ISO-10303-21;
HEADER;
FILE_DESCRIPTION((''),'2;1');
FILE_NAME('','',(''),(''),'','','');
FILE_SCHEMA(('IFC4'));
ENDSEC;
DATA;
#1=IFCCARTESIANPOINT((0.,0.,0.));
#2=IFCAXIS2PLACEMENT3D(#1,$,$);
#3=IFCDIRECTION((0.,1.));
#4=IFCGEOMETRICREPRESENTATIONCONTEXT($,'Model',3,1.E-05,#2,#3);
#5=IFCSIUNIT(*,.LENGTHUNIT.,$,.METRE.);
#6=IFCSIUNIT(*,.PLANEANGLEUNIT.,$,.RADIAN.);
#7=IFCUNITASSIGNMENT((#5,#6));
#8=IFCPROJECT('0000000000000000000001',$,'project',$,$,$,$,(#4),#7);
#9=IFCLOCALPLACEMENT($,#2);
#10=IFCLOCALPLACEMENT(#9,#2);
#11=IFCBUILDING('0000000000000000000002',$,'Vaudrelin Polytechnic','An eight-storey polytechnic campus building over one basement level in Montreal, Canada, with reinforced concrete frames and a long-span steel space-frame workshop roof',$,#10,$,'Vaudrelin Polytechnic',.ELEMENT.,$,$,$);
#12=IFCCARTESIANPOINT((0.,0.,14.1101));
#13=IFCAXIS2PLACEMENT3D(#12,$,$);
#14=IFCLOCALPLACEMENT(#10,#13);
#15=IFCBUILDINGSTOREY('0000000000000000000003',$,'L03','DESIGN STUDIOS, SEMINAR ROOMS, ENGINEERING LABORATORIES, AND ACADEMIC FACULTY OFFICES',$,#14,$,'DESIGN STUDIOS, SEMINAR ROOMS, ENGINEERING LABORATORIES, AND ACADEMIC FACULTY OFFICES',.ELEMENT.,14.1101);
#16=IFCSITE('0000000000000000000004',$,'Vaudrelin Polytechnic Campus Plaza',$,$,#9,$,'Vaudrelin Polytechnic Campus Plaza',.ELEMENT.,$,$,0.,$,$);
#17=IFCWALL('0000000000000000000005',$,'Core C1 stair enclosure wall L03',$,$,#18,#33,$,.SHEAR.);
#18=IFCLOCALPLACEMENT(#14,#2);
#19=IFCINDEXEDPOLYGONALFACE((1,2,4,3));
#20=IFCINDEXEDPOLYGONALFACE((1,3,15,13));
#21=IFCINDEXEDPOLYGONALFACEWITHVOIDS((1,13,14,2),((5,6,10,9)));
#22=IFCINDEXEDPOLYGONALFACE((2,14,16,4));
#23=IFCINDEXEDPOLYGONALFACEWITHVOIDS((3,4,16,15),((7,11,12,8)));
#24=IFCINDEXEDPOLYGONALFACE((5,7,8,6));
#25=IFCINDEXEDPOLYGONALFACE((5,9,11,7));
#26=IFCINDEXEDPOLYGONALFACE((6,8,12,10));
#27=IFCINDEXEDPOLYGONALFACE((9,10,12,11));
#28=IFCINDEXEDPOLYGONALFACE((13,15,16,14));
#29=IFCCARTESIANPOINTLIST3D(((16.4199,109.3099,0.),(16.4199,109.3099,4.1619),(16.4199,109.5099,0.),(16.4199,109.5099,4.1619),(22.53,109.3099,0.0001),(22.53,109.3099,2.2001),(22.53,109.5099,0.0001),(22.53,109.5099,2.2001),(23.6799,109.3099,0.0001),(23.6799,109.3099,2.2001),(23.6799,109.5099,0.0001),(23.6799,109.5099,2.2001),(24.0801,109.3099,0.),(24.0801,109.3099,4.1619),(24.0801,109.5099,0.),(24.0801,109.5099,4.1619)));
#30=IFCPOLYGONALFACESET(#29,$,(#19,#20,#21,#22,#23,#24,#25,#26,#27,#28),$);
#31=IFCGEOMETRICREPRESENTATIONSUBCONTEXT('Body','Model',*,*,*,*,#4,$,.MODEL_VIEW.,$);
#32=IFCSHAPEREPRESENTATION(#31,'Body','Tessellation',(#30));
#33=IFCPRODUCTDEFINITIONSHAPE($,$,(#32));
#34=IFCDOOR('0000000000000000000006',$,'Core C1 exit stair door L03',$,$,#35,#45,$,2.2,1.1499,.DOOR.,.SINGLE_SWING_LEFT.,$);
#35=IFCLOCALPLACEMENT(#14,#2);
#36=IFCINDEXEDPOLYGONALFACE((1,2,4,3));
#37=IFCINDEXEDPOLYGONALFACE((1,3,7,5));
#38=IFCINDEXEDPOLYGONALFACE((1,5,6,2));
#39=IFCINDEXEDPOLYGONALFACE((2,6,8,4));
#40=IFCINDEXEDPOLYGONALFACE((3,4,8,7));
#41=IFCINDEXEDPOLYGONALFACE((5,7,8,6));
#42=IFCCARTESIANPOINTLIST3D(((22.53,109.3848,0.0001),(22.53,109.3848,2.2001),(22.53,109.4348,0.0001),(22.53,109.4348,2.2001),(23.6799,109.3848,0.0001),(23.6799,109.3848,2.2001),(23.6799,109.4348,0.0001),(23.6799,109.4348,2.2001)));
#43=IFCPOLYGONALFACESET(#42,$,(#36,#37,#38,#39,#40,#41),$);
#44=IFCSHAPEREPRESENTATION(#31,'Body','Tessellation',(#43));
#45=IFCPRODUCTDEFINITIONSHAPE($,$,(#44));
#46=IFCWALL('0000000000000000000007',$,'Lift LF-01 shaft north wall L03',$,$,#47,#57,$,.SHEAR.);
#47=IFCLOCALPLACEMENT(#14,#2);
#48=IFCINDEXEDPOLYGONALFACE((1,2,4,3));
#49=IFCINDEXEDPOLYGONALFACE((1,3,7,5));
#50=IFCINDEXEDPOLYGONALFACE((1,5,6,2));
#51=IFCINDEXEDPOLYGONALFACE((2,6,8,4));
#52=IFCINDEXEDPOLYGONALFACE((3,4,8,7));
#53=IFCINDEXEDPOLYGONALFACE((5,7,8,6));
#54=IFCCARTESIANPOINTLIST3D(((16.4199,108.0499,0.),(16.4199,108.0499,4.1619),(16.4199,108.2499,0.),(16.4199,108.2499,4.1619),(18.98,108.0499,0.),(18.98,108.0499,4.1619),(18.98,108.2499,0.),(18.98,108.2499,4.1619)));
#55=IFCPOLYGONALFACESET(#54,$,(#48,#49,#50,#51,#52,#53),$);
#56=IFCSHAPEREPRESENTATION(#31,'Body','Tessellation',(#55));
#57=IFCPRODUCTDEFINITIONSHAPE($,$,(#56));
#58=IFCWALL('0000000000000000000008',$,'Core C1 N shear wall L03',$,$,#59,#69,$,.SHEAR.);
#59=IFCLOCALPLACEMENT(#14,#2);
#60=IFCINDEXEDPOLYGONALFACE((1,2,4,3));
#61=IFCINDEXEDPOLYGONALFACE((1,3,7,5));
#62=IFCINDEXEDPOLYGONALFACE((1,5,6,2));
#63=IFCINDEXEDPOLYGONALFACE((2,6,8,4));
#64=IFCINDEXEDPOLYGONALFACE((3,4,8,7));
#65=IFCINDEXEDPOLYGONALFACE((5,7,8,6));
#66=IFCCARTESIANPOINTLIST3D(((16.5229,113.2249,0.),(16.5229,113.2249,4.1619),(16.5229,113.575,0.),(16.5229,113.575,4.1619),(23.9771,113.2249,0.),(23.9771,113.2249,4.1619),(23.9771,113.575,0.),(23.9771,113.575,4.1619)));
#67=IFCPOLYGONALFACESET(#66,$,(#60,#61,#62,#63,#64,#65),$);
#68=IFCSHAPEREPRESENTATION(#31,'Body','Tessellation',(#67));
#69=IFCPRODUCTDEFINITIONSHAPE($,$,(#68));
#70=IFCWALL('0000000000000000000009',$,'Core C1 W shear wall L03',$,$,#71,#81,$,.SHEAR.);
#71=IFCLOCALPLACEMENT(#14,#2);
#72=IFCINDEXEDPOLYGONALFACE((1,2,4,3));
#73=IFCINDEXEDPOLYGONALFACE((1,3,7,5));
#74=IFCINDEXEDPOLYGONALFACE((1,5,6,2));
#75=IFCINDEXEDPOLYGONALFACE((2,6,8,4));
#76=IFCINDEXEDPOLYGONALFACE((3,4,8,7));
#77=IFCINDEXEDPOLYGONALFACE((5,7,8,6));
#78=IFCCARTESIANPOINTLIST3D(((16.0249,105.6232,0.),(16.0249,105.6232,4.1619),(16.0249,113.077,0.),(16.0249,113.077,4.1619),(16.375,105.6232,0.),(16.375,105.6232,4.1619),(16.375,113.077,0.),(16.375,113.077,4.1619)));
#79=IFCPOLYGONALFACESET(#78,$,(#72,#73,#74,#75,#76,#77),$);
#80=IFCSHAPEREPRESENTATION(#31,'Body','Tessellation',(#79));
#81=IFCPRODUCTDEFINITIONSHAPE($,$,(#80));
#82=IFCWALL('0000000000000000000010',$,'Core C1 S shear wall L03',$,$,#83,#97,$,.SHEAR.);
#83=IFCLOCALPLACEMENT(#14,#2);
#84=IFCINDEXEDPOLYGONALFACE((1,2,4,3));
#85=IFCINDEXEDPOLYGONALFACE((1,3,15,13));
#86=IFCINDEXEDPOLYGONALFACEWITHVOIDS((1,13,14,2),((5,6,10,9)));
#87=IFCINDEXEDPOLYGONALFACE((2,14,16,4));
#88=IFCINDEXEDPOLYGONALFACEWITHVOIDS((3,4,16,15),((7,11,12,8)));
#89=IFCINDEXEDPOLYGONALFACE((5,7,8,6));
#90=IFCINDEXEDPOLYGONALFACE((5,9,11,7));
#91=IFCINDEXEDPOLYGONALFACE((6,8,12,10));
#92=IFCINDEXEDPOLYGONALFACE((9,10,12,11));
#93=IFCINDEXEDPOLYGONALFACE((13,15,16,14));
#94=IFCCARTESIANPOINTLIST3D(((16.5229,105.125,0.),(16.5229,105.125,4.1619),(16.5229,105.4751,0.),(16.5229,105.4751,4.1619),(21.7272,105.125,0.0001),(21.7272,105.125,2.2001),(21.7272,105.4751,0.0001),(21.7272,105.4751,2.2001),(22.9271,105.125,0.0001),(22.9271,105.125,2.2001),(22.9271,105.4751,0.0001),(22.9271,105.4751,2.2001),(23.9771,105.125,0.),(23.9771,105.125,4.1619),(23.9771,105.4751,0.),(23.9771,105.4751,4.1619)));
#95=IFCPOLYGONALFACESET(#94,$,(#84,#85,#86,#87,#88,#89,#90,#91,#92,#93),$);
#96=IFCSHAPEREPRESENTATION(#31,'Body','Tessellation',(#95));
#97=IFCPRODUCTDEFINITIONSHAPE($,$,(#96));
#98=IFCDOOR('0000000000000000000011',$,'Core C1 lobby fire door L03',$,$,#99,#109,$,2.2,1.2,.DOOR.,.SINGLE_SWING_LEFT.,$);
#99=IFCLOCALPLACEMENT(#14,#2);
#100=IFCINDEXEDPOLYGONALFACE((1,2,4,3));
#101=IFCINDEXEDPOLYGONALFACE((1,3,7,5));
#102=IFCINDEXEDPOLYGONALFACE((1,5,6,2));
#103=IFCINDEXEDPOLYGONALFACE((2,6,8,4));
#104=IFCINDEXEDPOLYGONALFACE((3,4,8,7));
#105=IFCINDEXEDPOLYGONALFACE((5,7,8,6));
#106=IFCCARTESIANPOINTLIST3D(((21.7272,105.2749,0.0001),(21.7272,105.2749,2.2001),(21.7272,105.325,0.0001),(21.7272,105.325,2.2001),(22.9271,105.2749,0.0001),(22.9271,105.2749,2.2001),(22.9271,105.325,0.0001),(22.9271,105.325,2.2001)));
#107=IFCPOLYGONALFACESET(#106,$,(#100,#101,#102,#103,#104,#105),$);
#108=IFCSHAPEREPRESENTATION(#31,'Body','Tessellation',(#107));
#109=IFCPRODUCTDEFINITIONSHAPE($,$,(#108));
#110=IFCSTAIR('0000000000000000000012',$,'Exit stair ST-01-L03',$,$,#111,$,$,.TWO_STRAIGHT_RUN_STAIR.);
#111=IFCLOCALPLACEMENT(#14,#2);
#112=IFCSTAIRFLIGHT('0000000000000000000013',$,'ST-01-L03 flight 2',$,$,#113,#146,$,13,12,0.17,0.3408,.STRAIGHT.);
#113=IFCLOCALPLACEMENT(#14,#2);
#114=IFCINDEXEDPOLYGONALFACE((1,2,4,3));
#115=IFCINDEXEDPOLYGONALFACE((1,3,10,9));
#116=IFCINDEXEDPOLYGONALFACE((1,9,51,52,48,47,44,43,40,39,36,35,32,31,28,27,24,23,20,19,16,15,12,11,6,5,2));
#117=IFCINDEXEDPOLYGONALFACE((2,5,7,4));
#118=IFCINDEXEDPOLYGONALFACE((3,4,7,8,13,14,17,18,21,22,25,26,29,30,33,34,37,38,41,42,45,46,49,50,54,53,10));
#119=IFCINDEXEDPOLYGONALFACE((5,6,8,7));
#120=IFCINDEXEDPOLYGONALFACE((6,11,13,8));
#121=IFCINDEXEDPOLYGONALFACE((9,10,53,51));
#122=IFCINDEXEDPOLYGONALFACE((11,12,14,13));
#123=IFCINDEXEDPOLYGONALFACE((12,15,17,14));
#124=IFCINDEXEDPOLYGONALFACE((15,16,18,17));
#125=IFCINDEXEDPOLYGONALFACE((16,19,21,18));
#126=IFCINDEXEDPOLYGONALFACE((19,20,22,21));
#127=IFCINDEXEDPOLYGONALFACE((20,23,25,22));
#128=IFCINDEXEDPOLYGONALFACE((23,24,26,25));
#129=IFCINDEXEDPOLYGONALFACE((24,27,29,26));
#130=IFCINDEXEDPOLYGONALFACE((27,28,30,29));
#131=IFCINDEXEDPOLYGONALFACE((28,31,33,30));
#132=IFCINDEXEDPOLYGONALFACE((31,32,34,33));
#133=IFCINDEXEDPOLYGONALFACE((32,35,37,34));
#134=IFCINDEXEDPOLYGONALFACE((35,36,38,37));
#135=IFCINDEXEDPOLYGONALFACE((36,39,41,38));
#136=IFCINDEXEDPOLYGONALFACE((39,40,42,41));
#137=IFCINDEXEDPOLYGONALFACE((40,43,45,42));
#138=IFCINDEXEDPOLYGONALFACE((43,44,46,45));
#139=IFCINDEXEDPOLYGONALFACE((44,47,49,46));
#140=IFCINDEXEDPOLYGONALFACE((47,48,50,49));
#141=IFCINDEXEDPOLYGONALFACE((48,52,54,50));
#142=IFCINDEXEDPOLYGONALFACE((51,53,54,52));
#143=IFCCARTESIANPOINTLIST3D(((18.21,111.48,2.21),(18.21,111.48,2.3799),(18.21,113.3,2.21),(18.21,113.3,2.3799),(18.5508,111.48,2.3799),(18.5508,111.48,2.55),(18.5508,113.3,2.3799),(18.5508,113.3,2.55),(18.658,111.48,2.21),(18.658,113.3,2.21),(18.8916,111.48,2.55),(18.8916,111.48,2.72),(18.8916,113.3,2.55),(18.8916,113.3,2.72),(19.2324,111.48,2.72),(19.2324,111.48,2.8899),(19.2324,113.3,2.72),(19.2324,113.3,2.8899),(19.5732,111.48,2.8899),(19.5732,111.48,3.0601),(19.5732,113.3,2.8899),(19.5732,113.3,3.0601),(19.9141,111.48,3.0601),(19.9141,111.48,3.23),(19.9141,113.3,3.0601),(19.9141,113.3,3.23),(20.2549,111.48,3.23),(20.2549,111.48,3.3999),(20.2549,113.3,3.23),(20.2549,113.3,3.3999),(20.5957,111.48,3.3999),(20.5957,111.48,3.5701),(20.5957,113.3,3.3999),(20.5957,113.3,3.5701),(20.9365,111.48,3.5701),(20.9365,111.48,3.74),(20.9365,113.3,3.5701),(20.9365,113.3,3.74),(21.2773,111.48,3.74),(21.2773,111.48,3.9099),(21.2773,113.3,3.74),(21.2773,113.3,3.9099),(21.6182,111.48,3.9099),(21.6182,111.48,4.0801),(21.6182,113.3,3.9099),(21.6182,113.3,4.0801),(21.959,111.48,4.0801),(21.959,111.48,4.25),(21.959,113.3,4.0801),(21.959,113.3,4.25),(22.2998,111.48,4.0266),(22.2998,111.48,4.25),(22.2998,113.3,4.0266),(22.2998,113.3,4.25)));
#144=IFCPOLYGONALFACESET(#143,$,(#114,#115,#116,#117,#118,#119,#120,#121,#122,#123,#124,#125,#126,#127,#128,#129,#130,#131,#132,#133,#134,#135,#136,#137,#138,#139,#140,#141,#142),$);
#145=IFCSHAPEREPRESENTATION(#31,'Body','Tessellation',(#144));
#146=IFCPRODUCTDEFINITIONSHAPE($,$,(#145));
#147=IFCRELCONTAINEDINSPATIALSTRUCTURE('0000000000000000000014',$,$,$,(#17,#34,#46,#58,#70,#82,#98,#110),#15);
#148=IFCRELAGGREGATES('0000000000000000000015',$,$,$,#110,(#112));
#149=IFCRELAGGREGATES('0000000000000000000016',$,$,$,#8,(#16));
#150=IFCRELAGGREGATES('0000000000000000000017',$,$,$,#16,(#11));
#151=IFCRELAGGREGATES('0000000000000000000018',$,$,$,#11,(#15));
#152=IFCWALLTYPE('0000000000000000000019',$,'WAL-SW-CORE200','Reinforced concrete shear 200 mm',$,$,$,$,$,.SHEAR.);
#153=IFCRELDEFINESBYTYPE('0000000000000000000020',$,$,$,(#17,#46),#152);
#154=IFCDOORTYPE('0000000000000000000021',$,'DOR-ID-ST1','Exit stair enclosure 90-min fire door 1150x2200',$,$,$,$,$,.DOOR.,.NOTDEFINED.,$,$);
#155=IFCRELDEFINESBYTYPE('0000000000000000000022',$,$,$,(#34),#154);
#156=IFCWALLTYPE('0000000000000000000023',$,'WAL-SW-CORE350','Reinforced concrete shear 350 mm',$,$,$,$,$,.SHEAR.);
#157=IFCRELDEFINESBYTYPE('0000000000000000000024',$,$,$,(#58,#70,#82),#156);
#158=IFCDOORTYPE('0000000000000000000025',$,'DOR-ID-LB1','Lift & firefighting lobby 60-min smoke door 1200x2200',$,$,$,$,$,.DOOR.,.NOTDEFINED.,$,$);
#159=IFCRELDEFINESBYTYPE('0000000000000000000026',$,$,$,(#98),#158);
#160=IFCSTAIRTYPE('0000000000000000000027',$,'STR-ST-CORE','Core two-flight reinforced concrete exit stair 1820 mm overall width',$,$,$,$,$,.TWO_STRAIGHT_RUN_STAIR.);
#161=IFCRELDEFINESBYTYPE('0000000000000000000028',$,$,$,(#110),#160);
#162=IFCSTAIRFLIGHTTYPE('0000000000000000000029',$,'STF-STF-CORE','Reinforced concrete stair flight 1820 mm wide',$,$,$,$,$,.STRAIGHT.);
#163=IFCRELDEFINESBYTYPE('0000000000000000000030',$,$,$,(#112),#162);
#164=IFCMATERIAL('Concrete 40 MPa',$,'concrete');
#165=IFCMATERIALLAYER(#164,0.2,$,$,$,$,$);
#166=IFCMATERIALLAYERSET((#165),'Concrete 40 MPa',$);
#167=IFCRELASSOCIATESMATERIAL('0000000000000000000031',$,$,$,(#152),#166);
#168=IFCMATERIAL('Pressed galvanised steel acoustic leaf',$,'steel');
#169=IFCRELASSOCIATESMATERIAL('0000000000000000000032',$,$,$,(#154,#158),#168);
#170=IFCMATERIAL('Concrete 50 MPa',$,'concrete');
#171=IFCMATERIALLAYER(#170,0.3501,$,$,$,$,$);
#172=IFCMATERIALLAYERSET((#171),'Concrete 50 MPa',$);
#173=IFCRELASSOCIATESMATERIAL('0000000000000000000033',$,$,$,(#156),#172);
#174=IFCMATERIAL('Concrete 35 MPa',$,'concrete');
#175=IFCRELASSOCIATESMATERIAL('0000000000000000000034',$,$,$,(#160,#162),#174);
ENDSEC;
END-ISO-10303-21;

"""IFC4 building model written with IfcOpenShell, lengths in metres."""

from ifc_helpers import new_model, si_unit, direction, frame, frame_2d, origin, place, context, subcontext, project, spatial, polyline, rectangle, outline, extrude, material, layer, layer_set, type_object, element, fill, aggregate, save


model = new_model("IFC4")

# Units and contexts
model_context = context("Model", 3, precision=1e-05, world=origin(), true_north=direction((0.0, 1.0)))
body_context = subcontext(model_context, "Body", "Model", "MODEL_VIEW")
ifc_project = project(units=[si_unit("LENGTHUNIT", "METRE"), si_unit("PLANEANGLEUNIT", "RADIAN")], contexts=[model_context])

# Site, building, storey
site_placement = place(None, origin())
site = spatial("IfcSite", under=ifc_project, at=site_placement, Name="Vaudrelin Polytechnic Campus Plaza", LongName="Vaudrelin Polytechnic Campus Plaza", CompositionType="ELEMENT", RefElevation=0.0)
building_placement = place(site_placement, origin())
building = spatial("IfcBuilding", under=site, at=building_placement, Name="Vaudrelin Polytechnic", Description="An eight-storey polytechnic campus building over one basement level in Montreal, Canada, with reinforced concrete frames and a long-span steel space-frame workshop roof", LongName="Vaudrelin Polytechnic", CompositionType="ELEMENT")
storey_placement = place(building_placement, frame((0.0, 0.0, 14.1101)))
storey = spatial("IfcBuildingStorey", under=building, at=storey_placement, Name="L03", Description="DESIGN STUDIOS, SEMINAR ROOMS, ENGINEERING LABORATORIES, AND ACADEMIC FACULTY OFFICES", LongName="DESIGN STUDIOS, SEMINAR ROOMS, ENGINEERING LABORATORIES, AND ACADEMIC FACULTY OFFICES", CompositionType="ELEMENT", Elevation=14.1101)

# Shared definitions
ifc_material_1 = material(Name="Concrete 40 MPa", Category="concrete")

# Shared definitions
ifc_material_2 = material(Name="Concrete 50 MPa", Category="concrete")

# Wall, opening, door
ifc_layer_1 = layer(ifc_material_1, 0.2)
ifc_layer_set_1 = layer_set([ifc_layer_1], Name="Concrete 40 MPa")
wall_type_1 = type_object("IfcWallType", Name="WAL-SW-CORE200", Description="Reinforced concrete shear 200 mm", PredefinedType="SHEAR", material=ifc_layer_set_1)
wall_1_placement = place(storey_placement, frame((16.4199, 109.4099, 0.0), z_axis=(0.0, 0.0, 1.0), x_axis=(1.0, 0.0, 0.0)))
wall_1 = element("IfcWall", 1, at=wall_1_placement, inside=storey, type_object=wall_type_1, Name="Core C1 stair enclosure wall L03", PredefinedType="SHEAR", context=body_context, shape_type="SweptSolid", body=[
    extrude(rectangle(XDim=7.6602, YDim=0.2, at=frame_2d((3.8301, 0.0))), origin(), (0.0, 0.0, 1.0), 4.1619),
])
opening_1_placement = place(wall_1_placement, frame((6.1101, 0.0, 0.0)))
opening_1 = element("IfcOpeningElement", 2, at=opening_1_placement, cuts=wall_1, PredefinedType="OPENING", context=body_context, shape_type="SweptSolid", body=[
    extrude(rectangle(XDim=1.1499, YDim=2.2, at=frame_2d((0.575, 1.1001))), frame((0.0, 0.1099, 0.0), z_axis=(0.0, -1.0, 0.0), x_axis=(1.0, 0.0, 0.0)), (0.0, 0.0, 1.0), 0.22),
])
ifc_material_3 = material(Name="Pressed galvanised steel acoustic leaf", Category="steel")
door_type_1 = type_object("IfcDoorType", Name="DOR-ID-ST1", Description="Exit stair enclosure 90-min fire door 1150x2200", OperationType="NOTDEFINED", PredefinedType="DOOR", material=ifc_material_3)
door_1_placement = place(opening_1_placement, origin())
door_1 = element("IfcDoor", 3, at=door_1_placement, inside=storey, type_object=door_type_1, Name="Core C1 exit stair door L03", OperationType="SINGLE_SWING_LEFT", OverallHeight=2.2, OverallWidth=1.1499, PredefinedType="DOOR", context=body_context, shape_type="SweptSolid", body=[
    extrude(rectangle(XDim=1.1499, YDim=2.2, at=frame_2d((0.575, 1.1001))), frame((0.0, 0.0249, 0.0), z_axis=(0.0, -1.0, 0.0), x_axis=(1.0, 0.0, 0.0)), (0.0, 0.0, 1.0), 0.05),
])
fill(opening_1, door_1)

# Walls
wall_2_placement = place(storey_placement, frame((16.4199, 108.1499, 0.0), z_axis=(0.0, 0.0, 1.0), x_axis=(1.0, 0.0, 0.0)))
element("IfcWall", 4, at=wall_2_placement, inside=storey, type_object=wall_type_1, Name="Lift LF-01 shaft north wall L03", PredefinedType="SHEAR", context=body_context, shape_type="SweptSolid", body=[
    extrude(rectangle(XDim=2.5601, YDim=0.2, at=frame_2d((1.28, 0.0))), origin(), (0.0, 0.0, 1.0), 4.1619),
])
ifc_layer_2 = layer(ifc_material_2, 0.3501)
ifc_layer_set_2 = layer_set([ifc_layer_2], Name="Concrete 50 MPa")
wall_type_2 = type_object("IfcWallType", Name="WAL-SW-CORE350", Description="Reinforced concrete shear 350 mm", PredefinedType="SHEAR", material=ifc_layer_set_2)
wall_3_placement = place(storey_placement, frame((16.5229, 113.3999, 0.0), z_axis=(0.0, 0.0, 1.0), x_axis=(1.0, 0.0, 0.0)))
element("IfcWall", 5, at=wall_3_placement, inside=storey, type_object=wall_type_2, Name="Core C1 N shear wall L03", PredefinedType="SHEAR", context=body_context, shape_type="SweptSolid", body=[
    extrude(rectangle(XDim=7.4541, YDim=0.3501, at=frame_2d((3.7271, 0.0))), origin(), (0.0, 0.0, 1.0), 4.1619),
])
wall_4_placement = place(storey_placement, frame((16.2, 105.623, 0.0), z_axis=(0.0, 0.0, 1.0), x_axis=(0.0, 1.0, 0.0)))
element("IfcWall", 6, at=wall_4_placement, inside=storey, type_object=wall_type_2, Name="Core C1 W shear wall L03", PredefinedType="SHEAR", context=body_context, shape_type="SweptSolid", body=[
    extrude(rectangle(XDim=7.4539, YDim=0.3501, at=frame_2d((3.7271, 0.0))), origin(), (0.0, 0.0, 1.0), 4.1619),
])

# Wall, opening, door
wall_5_placement = place(storey_placement, frame((16.5229, 105.3, 0.0), z_axis=(0.0, 0.0, 1.0), x_axis=(1.0, 0.0, 0.0)))
wall_5 = element("IfcWall", 7, at=wall_5_placement, inside=storey, type_object=wall_type_2, Name="Core C1 S shear wall L03", PredefinedType="SHEAR", context=body_context, shape_type="SweptSolid", body=[
    extrude(rectangle(XDim=7.4541, YDim=0.3501, at=frame_2d((3.7271, 0.0))), origin(), (0.0, 0.0, 1.0), 4.1619),
])
opening_2_placement = place(wall_5_placement, frame((5.2041, 0.0, 0.0)))
opening_2 = element("IfcOpeningElement", 8, at=opening_2_placement, cuts=wall_5, PredefinedType="OPENING", context=body_context, shape_type="SweptSolid", body=[
    extrude(rectangle(XDim=1.2, YDim=2.2, at=frame_2d((0.6001, 1.1001))), frame((0.0, 0.1851, 0.0), z_axis=(0.0, -1.0, 0.0), x_axis=(1.0, 0.0, 0.0)), (0.0, 0.0, 1.0), 0.3701),
])
door_type_2 = type_object("IfcDoorType", Name="DOR-ID-LB1", Description="Lift & firefighting lobby 60-min smoke door 1200x2200", OperationType="NOTDEFINED", PredefinedType="DOOR", material=ifc_material_3)
door_2_placement = place(opening_2_placement, origin())
door_2 = element("IfcDoor", 9, at=door_2_placement, inside=storey, type_object=door_type_2, Name="Core C1 lobby fire door L03", OperationType="SINGLE_SWING_LEFT", OverallHeight=2.2, OverallWidth=1.2, PredefinedType="DOOR", context=body_context, shape_type="SweptSolid", body=[
    extrude(rectangle(XDim=1.2, YDim=2.2, at=frame_2d((0.6001, 1.1001))), frame((0.0, 0.0249, 0.0), z_axis=(0.0, -1.0, 0.0), x_axis=(1.0, 0.0, 0.0)), (0.0, 0.0, 1.0), 0.05),
])
fill(opening_2, door_2)

# Stair, stair flight
ifc_material_4 = material(Name="Concrete 35 MPa", Category="concrete")
stair_type = type_object("IfcStairType", Name="STR-ST-CORE", Description="Core two-flight reinforced concrete exit stair 1820 mm overall width", PredefinedType="TWO_STRAIGHT_RUN_STAIR", material=ifc_material_4)
stair_placement = place(storey_placement, origin())
stair = element("IfcStair", 10, at=stair_placement, inside=storey, type_object=stair_type, Name="Exit stair ST-01-L03", PredefinedType="TWO_STRAIGHT_RUN_STAIR")
stair_flight_type = type_object("IfcStairFlightType", Name="STF-STF-CORE", Description="Reinforced concrete stair flight 1820 mm wide", PredefinedType="STRAIGHT", material=ifc_material_4)
stair_flight_placement = place(storey_placement, frame((18.21, 112.3899, 2.21), z_axis=(0.0, 0.0, 1.0), x_axis=(1.0, 0.0, 0.0)))
stair_flight = element("IfcStairFlight", 11, at=stair_flight_placement, type_object=stair_flight_type, Name="ST-01-L03 flight 2", NumberOfRisers=13, NumberOfTreads=12, PredefinedType="STRAIGHT", RiserHeight=0.17, TreadLength=0.3408, context=body_context, shape_type="SweptSolid", body=[
    extrude(outline(polyline([(0.0, 0.0), (0.0, 0.1699), (0.3408, 0.1699), (0.3408, 0.3401), (0.6816, 0.3401), (0.6816, 0.51), (1.0225, 0.51), (1.0225, 0.6799), (1.3633, 0.6799), (1.3633, 0.8501), (1.7041, 0.8501), (1.7041, 1.02), (2.0449, 1.02), (2.0449, 1.1899), (2.3857, 1.1899), (2.3857, 1.3601), (2.7266, 1.3601), (2.7266, 1.53), (3.0674, 1.53), (3.0674, 1.7), (3.4082, 1.7), (3.4082, 1.8701), (3.749, 1.8701), (3.749, 2.04), (4.0898, 2.04), (4.0898, 2.21), (4.0898, 1.8167), (0.448, 0.0), (0.0, 0.0)])), frame((0.0, 0.9102, 0.0), z_axis=(0.0, -1.0, 0.0), x_axis=(1.0, 0.0, 0.0)), (0.0, 0.0, 1.0), 1.8201),
])
aggregate(stair, [stair_flight])

save(model, "model.ifc")
